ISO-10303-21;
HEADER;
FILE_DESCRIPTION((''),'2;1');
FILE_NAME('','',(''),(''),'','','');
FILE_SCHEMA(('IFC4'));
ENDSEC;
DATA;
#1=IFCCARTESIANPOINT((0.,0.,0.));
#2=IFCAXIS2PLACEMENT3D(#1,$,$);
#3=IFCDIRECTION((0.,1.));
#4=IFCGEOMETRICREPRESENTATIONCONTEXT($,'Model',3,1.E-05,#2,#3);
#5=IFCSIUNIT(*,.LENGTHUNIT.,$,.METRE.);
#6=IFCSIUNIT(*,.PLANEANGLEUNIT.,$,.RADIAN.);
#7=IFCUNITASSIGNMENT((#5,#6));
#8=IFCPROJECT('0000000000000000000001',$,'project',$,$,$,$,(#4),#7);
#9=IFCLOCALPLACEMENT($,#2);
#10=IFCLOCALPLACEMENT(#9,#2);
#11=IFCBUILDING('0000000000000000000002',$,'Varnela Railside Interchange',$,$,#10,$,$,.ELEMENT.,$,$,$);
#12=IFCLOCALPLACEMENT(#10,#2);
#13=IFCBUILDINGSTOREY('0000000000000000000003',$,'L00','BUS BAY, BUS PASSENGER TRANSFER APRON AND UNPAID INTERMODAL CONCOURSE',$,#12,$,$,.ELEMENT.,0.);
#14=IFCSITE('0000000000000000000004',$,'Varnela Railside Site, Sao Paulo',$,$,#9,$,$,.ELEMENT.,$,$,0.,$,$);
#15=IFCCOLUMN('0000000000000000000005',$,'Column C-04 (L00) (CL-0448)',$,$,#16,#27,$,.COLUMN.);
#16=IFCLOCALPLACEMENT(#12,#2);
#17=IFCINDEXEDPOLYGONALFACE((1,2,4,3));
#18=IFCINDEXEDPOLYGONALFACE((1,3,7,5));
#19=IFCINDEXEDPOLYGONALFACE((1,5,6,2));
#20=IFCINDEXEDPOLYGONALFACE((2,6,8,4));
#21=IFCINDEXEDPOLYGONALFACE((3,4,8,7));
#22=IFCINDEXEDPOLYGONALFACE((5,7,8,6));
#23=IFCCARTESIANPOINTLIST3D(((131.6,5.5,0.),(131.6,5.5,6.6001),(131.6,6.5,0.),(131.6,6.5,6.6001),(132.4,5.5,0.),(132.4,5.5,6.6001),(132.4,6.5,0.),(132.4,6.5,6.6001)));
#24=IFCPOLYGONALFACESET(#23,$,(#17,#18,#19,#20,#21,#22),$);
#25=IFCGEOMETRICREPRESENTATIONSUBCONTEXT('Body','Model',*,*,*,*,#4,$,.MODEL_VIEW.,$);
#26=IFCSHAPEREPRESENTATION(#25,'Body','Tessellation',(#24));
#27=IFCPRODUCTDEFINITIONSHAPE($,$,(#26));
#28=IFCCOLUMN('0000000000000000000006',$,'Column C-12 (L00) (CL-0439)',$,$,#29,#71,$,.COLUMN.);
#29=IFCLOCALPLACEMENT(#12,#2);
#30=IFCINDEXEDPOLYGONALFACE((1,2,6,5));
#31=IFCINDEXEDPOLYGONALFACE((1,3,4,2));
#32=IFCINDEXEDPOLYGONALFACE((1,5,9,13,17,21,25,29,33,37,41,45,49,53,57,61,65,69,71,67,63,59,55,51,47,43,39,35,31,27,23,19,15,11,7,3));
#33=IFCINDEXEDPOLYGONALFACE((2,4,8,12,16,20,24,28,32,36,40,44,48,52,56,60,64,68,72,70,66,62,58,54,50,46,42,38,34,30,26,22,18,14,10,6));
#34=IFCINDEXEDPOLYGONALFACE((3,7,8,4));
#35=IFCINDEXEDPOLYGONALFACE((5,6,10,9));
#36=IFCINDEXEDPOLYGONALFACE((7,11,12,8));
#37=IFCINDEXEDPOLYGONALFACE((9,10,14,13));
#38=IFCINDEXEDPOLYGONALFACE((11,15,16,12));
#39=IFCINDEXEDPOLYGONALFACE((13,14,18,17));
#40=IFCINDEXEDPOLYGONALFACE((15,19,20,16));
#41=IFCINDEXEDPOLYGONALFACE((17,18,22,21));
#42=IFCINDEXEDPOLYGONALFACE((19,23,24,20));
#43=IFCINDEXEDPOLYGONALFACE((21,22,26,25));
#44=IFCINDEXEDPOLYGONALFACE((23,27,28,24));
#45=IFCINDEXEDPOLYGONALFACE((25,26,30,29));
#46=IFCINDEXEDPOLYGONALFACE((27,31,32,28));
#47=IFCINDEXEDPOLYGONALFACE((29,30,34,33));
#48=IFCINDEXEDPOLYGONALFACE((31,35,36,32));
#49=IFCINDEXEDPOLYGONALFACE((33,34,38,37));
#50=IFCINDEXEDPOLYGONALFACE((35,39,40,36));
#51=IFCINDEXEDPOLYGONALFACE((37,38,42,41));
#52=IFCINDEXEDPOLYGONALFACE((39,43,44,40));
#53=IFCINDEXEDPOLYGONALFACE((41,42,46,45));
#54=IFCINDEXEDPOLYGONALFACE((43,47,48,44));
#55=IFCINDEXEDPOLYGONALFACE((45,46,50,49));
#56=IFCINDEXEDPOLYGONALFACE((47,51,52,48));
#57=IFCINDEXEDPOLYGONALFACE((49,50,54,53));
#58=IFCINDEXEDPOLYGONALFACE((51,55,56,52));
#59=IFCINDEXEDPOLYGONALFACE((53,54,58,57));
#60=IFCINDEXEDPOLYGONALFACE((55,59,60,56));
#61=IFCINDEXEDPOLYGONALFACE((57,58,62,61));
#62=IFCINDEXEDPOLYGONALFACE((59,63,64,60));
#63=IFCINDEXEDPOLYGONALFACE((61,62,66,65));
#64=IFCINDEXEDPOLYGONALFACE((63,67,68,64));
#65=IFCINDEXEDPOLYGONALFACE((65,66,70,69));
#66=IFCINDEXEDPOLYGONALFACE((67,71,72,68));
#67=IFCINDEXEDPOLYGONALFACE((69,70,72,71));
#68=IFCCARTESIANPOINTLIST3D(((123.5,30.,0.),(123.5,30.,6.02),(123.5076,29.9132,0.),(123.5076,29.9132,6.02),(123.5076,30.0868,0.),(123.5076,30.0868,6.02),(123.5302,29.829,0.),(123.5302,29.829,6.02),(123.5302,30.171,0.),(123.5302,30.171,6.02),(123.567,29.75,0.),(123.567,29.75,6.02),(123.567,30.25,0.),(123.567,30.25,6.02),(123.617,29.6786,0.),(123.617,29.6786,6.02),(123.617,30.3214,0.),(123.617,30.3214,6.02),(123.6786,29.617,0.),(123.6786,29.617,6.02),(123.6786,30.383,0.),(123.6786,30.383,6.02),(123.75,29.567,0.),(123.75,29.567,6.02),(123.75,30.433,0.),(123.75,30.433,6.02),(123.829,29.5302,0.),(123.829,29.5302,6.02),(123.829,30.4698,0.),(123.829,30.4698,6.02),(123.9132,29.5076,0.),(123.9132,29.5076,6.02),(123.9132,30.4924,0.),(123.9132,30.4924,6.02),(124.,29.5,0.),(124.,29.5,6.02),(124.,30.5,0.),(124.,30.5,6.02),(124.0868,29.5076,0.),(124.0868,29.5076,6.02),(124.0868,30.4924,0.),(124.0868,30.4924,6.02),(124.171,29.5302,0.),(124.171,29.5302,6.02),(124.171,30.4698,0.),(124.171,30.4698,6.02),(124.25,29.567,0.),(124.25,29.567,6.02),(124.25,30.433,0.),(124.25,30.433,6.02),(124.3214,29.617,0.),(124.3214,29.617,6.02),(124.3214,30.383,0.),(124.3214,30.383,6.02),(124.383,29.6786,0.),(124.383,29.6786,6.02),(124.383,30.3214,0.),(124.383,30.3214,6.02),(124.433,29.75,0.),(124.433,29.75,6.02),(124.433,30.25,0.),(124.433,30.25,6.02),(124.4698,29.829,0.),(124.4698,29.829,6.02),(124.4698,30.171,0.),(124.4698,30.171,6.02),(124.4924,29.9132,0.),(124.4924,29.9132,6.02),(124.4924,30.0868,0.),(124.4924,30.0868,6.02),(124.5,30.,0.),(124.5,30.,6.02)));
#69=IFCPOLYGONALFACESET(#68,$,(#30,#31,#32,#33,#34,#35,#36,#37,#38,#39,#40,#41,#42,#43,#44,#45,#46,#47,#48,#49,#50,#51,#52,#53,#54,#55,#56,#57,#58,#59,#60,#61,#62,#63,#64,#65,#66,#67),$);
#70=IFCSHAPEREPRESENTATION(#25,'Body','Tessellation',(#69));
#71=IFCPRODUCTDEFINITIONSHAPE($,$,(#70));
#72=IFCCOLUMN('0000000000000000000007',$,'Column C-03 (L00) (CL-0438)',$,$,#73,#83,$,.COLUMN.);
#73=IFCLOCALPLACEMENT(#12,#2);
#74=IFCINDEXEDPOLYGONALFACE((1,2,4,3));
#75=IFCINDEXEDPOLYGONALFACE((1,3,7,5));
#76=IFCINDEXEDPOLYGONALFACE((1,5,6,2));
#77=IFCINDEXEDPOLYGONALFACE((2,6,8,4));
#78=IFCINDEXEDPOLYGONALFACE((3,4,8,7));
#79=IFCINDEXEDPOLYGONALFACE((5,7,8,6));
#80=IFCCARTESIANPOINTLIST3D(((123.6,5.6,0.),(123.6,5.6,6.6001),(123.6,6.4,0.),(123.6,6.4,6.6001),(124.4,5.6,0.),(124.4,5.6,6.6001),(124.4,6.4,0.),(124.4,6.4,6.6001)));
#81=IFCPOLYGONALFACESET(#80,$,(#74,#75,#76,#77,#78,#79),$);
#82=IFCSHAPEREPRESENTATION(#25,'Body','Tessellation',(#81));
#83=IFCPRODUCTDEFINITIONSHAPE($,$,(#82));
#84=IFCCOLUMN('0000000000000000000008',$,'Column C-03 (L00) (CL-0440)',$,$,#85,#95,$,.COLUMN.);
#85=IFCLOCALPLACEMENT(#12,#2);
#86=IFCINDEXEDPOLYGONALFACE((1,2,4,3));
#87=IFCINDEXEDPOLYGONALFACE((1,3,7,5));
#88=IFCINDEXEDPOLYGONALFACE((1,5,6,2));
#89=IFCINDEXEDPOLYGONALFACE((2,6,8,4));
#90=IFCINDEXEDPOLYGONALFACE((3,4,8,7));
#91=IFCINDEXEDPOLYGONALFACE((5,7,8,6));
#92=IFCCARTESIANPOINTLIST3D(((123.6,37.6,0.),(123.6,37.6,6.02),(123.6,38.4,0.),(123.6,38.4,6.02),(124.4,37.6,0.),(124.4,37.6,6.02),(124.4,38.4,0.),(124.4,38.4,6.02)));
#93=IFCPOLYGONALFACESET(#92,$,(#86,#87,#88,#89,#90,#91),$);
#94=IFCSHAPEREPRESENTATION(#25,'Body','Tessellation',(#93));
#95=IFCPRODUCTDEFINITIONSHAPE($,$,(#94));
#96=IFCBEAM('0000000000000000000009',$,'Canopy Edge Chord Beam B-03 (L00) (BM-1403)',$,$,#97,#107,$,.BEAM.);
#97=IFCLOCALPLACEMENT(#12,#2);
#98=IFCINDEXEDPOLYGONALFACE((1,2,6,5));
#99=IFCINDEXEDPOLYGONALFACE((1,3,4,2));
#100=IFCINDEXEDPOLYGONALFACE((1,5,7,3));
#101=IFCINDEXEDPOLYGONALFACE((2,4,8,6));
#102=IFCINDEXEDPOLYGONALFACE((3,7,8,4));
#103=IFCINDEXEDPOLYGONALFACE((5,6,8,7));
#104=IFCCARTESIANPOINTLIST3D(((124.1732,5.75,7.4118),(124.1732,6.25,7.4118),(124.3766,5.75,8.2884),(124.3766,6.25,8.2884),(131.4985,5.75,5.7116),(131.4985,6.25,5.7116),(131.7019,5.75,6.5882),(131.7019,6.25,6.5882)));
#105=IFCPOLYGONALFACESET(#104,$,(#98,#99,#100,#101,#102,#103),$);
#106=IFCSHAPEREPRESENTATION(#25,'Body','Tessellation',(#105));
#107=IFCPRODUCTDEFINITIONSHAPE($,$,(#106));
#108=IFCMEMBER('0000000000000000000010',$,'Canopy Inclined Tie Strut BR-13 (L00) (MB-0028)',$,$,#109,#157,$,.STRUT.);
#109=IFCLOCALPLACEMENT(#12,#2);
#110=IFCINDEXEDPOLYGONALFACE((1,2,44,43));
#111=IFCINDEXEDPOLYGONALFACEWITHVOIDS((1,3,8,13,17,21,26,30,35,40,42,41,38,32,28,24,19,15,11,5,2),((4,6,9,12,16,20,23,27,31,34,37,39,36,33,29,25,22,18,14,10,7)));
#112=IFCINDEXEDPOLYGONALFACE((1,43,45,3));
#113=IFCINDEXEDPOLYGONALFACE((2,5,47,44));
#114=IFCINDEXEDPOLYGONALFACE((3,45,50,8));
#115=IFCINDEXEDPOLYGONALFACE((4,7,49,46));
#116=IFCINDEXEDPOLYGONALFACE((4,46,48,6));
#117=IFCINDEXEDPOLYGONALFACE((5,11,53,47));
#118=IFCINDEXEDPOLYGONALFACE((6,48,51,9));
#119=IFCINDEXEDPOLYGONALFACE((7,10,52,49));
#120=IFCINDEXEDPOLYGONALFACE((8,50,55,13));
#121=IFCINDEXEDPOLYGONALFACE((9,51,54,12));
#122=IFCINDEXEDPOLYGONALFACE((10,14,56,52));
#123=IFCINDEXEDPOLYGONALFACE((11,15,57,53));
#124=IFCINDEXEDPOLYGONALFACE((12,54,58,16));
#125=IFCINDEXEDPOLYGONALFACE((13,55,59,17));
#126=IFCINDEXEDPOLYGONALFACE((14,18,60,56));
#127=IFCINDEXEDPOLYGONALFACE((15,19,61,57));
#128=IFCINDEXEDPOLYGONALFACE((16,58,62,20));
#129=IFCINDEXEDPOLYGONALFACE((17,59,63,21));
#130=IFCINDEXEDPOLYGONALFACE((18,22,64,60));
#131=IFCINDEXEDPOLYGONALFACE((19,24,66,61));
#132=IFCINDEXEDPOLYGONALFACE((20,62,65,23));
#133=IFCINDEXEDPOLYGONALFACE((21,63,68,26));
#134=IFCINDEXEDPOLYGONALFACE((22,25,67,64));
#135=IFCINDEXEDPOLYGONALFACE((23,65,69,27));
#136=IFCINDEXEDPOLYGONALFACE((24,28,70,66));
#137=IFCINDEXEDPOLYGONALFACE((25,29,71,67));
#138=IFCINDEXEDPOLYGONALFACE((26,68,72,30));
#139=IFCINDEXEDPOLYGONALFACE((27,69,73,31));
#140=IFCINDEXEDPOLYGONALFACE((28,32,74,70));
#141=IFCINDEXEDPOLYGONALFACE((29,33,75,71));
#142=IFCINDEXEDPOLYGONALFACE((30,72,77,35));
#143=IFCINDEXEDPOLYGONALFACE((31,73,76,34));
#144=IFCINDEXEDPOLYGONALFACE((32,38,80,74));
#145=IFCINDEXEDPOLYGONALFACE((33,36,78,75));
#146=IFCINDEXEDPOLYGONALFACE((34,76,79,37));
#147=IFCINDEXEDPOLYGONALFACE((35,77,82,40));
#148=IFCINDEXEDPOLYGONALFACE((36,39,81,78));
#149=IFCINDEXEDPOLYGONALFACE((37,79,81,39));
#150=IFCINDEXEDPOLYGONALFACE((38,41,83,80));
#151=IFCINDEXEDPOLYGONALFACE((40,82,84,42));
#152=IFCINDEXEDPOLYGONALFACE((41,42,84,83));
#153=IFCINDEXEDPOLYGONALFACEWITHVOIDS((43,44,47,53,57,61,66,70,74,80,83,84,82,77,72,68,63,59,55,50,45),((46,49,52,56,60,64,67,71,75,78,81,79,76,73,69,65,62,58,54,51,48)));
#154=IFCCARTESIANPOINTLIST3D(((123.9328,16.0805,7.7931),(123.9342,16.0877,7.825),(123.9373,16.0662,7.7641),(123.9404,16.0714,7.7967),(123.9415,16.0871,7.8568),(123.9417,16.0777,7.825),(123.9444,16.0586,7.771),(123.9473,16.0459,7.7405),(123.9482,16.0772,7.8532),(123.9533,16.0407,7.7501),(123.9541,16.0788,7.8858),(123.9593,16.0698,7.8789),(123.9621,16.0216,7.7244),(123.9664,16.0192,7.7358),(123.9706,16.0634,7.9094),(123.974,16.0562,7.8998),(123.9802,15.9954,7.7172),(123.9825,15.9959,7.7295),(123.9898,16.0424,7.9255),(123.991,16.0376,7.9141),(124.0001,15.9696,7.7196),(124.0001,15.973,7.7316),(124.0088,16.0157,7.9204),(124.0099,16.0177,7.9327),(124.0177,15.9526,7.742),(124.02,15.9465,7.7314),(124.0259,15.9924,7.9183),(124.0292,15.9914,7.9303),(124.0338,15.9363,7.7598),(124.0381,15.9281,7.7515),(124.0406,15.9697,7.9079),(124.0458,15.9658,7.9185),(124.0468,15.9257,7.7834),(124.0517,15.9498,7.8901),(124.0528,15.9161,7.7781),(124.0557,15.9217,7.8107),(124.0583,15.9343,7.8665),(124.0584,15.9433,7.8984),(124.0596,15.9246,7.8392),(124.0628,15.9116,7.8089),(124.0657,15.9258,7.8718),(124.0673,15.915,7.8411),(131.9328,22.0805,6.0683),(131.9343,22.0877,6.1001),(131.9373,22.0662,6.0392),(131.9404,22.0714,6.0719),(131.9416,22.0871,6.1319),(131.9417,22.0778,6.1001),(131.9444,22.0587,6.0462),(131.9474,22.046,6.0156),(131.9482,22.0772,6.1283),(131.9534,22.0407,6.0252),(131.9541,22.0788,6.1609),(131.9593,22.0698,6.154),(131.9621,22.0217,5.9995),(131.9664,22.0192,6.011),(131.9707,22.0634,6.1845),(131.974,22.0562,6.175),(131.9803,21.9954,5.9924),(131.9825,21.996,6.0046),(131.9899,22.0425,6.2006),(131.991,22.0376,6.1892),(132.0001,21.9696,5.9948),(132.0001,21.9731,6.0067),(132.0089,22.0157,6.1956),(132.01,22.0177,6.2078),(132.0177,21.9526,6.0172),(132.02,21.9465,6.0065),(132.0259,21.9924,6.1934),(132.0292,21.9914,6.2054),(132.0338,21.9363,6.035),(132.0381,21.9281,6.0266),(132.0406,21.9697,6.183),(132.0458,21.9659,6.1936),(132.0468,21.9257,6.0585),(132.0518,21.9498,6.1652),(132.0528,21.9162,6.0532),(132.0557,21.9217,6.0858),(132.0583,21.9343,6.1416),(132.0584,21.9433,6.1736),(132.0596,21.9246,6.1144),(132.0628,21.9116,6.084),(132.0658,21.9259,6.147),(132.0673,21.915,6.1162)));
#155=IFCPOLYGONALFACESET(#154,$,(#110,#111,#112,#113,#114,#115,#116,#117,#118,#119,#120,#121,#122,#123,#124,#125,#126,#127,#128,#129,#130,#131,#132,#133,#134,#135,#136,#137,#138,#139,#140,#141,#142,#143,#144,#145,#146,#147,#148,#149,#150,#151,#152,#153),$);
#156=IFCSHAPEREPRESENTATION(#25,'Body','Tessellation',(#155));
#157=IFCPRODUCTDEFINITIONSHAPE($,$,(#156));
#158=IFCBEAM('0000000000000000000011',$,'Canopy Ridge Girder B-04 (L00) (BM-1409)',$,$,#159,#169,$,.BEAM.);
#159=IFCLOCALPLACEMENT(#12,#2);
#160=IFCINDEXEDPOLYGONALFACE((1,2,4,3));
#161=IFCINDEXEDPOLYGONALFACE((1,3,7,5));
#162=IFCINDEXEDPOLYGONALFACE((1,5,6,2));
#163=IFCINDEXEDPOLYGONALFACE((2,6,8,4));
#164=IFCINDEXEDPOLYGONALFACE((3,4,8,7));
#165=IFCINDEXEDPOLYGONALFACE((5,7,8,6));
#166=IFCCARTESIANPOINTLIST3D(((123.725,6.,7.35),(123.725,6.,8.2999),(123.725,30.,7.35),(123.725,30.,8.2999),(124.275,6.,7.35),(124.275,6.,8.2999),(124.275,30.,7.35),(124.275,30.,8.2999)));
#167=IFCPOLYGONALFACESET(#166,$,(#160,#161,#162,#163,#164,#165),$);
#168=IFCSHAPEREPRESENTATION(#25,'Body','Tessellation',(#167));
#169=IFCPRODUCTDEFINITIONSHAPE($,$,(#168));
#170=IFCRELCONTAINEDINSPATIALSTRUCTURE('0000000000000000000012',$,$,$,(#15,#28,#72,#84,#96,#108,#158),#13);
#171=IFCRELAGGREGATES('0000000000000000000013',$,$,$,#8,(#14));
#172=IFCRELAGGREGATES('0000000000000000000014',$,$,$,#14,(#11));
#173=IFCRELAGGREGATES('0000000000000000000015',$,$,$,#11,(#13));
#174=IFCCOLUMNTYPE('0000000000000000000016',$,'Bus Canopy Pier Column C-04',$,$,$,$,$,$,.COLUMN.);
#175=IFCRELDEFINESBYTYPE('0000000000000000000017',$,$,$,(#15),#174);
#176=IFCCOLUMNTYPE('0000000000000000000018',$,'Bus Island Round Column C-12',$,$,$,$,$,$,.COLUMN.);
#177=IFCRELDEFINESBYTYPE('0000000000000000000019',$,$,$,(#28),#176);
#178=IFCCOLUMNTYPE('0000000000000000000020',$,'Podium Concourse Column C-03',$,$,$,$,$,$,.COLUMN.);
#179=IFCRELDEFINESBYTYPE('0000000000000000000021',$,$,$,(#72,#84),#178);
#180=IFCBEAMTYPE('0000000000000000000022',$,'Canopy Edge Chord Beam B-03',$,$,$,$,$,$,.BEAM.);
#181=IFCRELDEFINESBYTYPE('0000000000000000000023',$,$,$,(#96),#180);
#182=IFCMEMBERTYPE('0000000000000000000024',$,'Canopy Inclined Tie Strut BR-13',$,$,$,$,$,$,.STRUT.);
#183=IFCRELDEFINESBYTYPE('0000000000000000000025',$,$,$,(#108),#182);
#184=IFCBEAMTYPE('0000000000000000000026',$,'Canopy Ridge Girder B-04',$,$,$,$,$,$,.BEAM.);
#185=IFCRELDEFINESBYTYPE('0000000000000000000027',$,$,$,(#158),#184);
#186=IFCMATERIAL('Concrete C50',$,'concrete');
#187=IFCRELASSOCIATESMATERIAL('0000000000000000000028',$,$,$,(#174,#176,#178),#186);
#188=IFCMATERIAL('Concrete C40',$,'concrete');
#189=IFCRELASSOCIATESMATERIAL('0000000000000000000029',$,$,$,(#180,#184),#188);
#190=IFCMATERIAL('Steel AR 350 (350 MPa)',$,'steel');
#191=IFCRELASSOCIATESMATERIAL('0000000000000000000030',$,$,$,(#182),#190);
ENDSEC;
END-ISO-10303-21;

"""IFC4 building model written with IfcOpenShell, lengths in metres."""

from ifc_helpers import new_model, si_unit, direction, frame, origin, origin_2d, place, context, subcontext, project, spatial, rectangle, circle, hollow_circle, extrude, material, material_profile, profile_set, type_object, element, save


model = new_model("IFC4")

# Units and contexts
model_context = context("Model", 3, precision=1e-05, world=origin(), true_north=direction((0.0, 1.0)))
body_context = subcontext(model_context, "Body", "Model", "MODEL_VIEW")
ifc_project = project(units=[si_unit("LENGTHUNIT", "METRE"), si_unit("PLANEANGLEUNIT", "RADIAN")], contexts=[model_context])

# Site, building, storey
site_placement = place(None, origin())
site = spatial("IfcSite", under=ifc_project, at=site_placement, Name="Varnela Railside Site, Sao Paulo", CompositionType="ELEMENT", RefElevation=0.0)
building_placement = place(site_placement, origin())
building = spatial("IfcBuilding", under=site, at=building_placement, Name="Varnela Railside Interchange", CompositionType="ELEMENT")
storey_placement = place(building_placement, origin())
storey = spatial("IfcBuildingStorey", under=building, at=storey_placement, Name="L00", Description="BUS BAY, BUS PASSENGER TRANSFER APRON AND UNPAID INTERMODAL CONCOURSE", CompositionType="ELEMENT", Elevation=0.0)

# Columns
ifc_material_1 = material(Name="Concrete C50", Category="concrete")
ifc_material_profile_1 = material_profile(ifc_material_1, rectangle(XDim=0.8, YDim=1.0, at=origin_2d()), Name="RC 800x1000")
ifc_profile_set_1 = profile_set([ifc_material_profile_1], Name="Concrete C50")
column_type_1 = type_object("IfcColumnType", Name="Bus Canopy Pier Column C-04", PredefinedType="COLUMN", material=ifc_profile_set_1)
column_1_placement = place(storey_placement, frame((132.0, 6.0, 0.0), z_axis=(0.0, 0.0, 1.0), x_axis=(1.0, 0.0, 0.0)))
element("IfcColumn", 1, at=column_1_placement, inside=storey, type_object=column_type_1, Name="Column C-04 (L00) (CL-0448)", PredefinedType="COLUMN", context=body_context, shape_type="SweptSolid", body=[
    extrude(rectangle(XDim=0.8, YDim=1.0, at=origin_2d()), origin(), (0.0, 0.0, 1.0), 6.6001),
])
ifc_material_profile_2 = material_profile(ifc_material_1, circle(Radius=0.5, at=origin_2d()), Name="CIRC D1000")
ifc_profile_set_2 = profile_set([ifc_material_profile_2], Name="Concrete C50")
column_type_2 = type_object("IfcColumnType", Name="Bus Island Round Column C-12", PredefinedType="COLUMN", material=ifc_profile_set_2)
column_2_placement = place(storey_placement, frame((124.0, 30.0, 0.0), z_axis=(0.0, 0.0, 1.0), x_axis=(1.0, 0.0, 0.0)))
element("IfcColumn", 2, at=column_2_placement, inside=storey, type_object=column_type_2, Name="Column C-12 (L00) (CL-0439)", PredefinedType="COLUMN", context=body_context, shape_type="SweptSolid", body=[
    extrude(circle(Radius=0.5, at=origin_2d()), origin(), (0.0, 0.0, 1.0), 6.02),
])
ifc_material_profile_3 = material_profile(ifc_material_1, rectangle(XDim=0.8, YDim=0.8, at=origin_2d()), Name="RC 800x800")
ifc_profile_set_3 = profile_set([ifc_material_profile_3], Name="Concrete C50")
column_type_3 = type_object("IfcColumnType", Name="Podium Concourse Column C-03", PredefinedType="COLUMN", material=ifc_profile_set_3)
column_3_placement = place(storey_placement, frame((124.0, 6.0, 0.0), z_axis=(0.0, 0.0, 1.0), x_axis=(1.0, 0.0, 0.0)))
element("IfcColumn", 3, at=column_3_placement, inside=storey, type_object=column_type_3, Name="Column C-03 (L00) (CL-0438)", PredefinedType="COLUMN", context=body_context, shape_type="SweptSolid", body=[
    extrude(rectangle(XDim=0.8, YDim=0.8, at=origin_2d()), origin(), (0.0, 0.0, 1.0), 6.6001),
])
column_4_placement = place(storey_placement, frame((124.0, 38.0, 0.0), z_axis=(0.0, 0.0, 1.0), x_axis=(1.0, 0.0, 0.0)))
element("IfcColumn", 4, at=column_4_placement, inside=storey, type_object=column_type_3, Name="Column C-03 (L00) (CL-0440)", PredefinedType="COLUMN", context=body_context, shape_type="SweptSolid", body=[
    extrude(rectangle(XDim=0.8, YDim=0.8, at=origin_2d()), origin(), (0.0, 0.0, 1.0), 6.02),
])

# Beam
ifc_material_2 = material(Name="Concrete C40", Category="concrete")
ifc_material_profile_4 = material_profile(ifc_material_2, rectangle(XDim=0.5, YDim=0.8999, at=origin_2d()), Name="RC 500x900")
ifc_profile_set_4 = profile_set([ifc_material_profile_4], Name="Concrete C40")
beam_type_1 = type_object("IfcBeamType", Name="Canopy Edge Chord Beam B-03", PredefinedType="BEAM", material=ifc_profile_set_4)
beam_1_placement = place(storey_placement, frame((124.2749, 6.0, 7.8501), z_axis=(0.974106, 0.0, -0.226092), x_axis=(0.0, 1.0, 0.0)))
element("IfcBeam", 5, at=beam_1_placement, inside=storey, type_object=beam_type_1, Name="Canopy Edge Chord Beam B-03 (L00) (BM-1403)", PredefinedType="BEAM", context=body_context, shape_type="SweptSolid", body=[
    extrude(rectangle(XDim=0.5, YDim=0.8999, at=origin_2d()), origin(), (0.0, 0.0, 1.0), 7.52),
])

# Member
ifc_material_3 = material(Name="Steel AR 350 (350 MPa)", Category="steel")
ifc_material_profile_5 = material_profile(ifc_material_3, hollow_circle(Radius=0.1096, WallThickness=0.0125, at=origin_2d()), Name="CHS 219.1x12.5")
ifc_profile_set_5 = profile_set([ifc_material_profile_5], Name="Steel AR 350 (350 MPa)")
member_type_1 = type_object("IfcMemberType", Name="Canopy Inclined Tie Strut BR-13", PredefinedType="STRUT", material=ifc_profile_set_5)
member_1_placement = place(storey_placement, frame((124.0, 16.0, 7.825), z_axis=(0.788359, 0.591269, -0.169975), x_axis=(-0.6, 0.8, 0.0)))
element("IfcMember", 6, at=member_1_placement, inside=storey, type_object=member_type_1, Name="Canopy Inclined Tie Strut BR-13 (L00) (MB-0028)", PredefinedType="STRUT", context=body_context, shape_type="SweptSolid", body=[
    extrude(hollow_circle(Radius=0.1096, WallThickness=0.0125, at=origin_2d()), origin(), (0.0, 0.0, 1.0), 10.1477),
])

# Beam
ifc_material_profile_6 = material_profile(ifc_material_2, rectangle(XDim=0.55, YDim=0.95, at=origin_2d()), Name="RC 550x950")
ifc_profile_set_6 = profile_set([ifc_material_profile_6], Name="Concrete C40")
beam_type_2 = type_object("IfcBeamType", Name="Canopy Ridge Girder B-04", PredefinedType="BEAM", material=ifc_profile_set_6)
beam_2_placement = place(storey_placement, frame((124.0, 6.0, 7.825), z_axis=(0.0, 1.0, 0.0), x_axis=(-1.0, 0.0, 0.0)))
element("IfcBeam", 7, at=beam_2_placement, inside=storey, type_object=beam_type_2, Name="Canopy Ridge Girder B-04 (L00) (BM-1409)", PredefinedType="BEAM", context=body_context, shape_type="SweptSolid", body=[
    extrude(rectangle(XDim=0.55, YDim=0.95, at=origin_2d()), origin(), (0.0, 0.0, 1.0), 24.0),
])

save(model, "model.ifc")
